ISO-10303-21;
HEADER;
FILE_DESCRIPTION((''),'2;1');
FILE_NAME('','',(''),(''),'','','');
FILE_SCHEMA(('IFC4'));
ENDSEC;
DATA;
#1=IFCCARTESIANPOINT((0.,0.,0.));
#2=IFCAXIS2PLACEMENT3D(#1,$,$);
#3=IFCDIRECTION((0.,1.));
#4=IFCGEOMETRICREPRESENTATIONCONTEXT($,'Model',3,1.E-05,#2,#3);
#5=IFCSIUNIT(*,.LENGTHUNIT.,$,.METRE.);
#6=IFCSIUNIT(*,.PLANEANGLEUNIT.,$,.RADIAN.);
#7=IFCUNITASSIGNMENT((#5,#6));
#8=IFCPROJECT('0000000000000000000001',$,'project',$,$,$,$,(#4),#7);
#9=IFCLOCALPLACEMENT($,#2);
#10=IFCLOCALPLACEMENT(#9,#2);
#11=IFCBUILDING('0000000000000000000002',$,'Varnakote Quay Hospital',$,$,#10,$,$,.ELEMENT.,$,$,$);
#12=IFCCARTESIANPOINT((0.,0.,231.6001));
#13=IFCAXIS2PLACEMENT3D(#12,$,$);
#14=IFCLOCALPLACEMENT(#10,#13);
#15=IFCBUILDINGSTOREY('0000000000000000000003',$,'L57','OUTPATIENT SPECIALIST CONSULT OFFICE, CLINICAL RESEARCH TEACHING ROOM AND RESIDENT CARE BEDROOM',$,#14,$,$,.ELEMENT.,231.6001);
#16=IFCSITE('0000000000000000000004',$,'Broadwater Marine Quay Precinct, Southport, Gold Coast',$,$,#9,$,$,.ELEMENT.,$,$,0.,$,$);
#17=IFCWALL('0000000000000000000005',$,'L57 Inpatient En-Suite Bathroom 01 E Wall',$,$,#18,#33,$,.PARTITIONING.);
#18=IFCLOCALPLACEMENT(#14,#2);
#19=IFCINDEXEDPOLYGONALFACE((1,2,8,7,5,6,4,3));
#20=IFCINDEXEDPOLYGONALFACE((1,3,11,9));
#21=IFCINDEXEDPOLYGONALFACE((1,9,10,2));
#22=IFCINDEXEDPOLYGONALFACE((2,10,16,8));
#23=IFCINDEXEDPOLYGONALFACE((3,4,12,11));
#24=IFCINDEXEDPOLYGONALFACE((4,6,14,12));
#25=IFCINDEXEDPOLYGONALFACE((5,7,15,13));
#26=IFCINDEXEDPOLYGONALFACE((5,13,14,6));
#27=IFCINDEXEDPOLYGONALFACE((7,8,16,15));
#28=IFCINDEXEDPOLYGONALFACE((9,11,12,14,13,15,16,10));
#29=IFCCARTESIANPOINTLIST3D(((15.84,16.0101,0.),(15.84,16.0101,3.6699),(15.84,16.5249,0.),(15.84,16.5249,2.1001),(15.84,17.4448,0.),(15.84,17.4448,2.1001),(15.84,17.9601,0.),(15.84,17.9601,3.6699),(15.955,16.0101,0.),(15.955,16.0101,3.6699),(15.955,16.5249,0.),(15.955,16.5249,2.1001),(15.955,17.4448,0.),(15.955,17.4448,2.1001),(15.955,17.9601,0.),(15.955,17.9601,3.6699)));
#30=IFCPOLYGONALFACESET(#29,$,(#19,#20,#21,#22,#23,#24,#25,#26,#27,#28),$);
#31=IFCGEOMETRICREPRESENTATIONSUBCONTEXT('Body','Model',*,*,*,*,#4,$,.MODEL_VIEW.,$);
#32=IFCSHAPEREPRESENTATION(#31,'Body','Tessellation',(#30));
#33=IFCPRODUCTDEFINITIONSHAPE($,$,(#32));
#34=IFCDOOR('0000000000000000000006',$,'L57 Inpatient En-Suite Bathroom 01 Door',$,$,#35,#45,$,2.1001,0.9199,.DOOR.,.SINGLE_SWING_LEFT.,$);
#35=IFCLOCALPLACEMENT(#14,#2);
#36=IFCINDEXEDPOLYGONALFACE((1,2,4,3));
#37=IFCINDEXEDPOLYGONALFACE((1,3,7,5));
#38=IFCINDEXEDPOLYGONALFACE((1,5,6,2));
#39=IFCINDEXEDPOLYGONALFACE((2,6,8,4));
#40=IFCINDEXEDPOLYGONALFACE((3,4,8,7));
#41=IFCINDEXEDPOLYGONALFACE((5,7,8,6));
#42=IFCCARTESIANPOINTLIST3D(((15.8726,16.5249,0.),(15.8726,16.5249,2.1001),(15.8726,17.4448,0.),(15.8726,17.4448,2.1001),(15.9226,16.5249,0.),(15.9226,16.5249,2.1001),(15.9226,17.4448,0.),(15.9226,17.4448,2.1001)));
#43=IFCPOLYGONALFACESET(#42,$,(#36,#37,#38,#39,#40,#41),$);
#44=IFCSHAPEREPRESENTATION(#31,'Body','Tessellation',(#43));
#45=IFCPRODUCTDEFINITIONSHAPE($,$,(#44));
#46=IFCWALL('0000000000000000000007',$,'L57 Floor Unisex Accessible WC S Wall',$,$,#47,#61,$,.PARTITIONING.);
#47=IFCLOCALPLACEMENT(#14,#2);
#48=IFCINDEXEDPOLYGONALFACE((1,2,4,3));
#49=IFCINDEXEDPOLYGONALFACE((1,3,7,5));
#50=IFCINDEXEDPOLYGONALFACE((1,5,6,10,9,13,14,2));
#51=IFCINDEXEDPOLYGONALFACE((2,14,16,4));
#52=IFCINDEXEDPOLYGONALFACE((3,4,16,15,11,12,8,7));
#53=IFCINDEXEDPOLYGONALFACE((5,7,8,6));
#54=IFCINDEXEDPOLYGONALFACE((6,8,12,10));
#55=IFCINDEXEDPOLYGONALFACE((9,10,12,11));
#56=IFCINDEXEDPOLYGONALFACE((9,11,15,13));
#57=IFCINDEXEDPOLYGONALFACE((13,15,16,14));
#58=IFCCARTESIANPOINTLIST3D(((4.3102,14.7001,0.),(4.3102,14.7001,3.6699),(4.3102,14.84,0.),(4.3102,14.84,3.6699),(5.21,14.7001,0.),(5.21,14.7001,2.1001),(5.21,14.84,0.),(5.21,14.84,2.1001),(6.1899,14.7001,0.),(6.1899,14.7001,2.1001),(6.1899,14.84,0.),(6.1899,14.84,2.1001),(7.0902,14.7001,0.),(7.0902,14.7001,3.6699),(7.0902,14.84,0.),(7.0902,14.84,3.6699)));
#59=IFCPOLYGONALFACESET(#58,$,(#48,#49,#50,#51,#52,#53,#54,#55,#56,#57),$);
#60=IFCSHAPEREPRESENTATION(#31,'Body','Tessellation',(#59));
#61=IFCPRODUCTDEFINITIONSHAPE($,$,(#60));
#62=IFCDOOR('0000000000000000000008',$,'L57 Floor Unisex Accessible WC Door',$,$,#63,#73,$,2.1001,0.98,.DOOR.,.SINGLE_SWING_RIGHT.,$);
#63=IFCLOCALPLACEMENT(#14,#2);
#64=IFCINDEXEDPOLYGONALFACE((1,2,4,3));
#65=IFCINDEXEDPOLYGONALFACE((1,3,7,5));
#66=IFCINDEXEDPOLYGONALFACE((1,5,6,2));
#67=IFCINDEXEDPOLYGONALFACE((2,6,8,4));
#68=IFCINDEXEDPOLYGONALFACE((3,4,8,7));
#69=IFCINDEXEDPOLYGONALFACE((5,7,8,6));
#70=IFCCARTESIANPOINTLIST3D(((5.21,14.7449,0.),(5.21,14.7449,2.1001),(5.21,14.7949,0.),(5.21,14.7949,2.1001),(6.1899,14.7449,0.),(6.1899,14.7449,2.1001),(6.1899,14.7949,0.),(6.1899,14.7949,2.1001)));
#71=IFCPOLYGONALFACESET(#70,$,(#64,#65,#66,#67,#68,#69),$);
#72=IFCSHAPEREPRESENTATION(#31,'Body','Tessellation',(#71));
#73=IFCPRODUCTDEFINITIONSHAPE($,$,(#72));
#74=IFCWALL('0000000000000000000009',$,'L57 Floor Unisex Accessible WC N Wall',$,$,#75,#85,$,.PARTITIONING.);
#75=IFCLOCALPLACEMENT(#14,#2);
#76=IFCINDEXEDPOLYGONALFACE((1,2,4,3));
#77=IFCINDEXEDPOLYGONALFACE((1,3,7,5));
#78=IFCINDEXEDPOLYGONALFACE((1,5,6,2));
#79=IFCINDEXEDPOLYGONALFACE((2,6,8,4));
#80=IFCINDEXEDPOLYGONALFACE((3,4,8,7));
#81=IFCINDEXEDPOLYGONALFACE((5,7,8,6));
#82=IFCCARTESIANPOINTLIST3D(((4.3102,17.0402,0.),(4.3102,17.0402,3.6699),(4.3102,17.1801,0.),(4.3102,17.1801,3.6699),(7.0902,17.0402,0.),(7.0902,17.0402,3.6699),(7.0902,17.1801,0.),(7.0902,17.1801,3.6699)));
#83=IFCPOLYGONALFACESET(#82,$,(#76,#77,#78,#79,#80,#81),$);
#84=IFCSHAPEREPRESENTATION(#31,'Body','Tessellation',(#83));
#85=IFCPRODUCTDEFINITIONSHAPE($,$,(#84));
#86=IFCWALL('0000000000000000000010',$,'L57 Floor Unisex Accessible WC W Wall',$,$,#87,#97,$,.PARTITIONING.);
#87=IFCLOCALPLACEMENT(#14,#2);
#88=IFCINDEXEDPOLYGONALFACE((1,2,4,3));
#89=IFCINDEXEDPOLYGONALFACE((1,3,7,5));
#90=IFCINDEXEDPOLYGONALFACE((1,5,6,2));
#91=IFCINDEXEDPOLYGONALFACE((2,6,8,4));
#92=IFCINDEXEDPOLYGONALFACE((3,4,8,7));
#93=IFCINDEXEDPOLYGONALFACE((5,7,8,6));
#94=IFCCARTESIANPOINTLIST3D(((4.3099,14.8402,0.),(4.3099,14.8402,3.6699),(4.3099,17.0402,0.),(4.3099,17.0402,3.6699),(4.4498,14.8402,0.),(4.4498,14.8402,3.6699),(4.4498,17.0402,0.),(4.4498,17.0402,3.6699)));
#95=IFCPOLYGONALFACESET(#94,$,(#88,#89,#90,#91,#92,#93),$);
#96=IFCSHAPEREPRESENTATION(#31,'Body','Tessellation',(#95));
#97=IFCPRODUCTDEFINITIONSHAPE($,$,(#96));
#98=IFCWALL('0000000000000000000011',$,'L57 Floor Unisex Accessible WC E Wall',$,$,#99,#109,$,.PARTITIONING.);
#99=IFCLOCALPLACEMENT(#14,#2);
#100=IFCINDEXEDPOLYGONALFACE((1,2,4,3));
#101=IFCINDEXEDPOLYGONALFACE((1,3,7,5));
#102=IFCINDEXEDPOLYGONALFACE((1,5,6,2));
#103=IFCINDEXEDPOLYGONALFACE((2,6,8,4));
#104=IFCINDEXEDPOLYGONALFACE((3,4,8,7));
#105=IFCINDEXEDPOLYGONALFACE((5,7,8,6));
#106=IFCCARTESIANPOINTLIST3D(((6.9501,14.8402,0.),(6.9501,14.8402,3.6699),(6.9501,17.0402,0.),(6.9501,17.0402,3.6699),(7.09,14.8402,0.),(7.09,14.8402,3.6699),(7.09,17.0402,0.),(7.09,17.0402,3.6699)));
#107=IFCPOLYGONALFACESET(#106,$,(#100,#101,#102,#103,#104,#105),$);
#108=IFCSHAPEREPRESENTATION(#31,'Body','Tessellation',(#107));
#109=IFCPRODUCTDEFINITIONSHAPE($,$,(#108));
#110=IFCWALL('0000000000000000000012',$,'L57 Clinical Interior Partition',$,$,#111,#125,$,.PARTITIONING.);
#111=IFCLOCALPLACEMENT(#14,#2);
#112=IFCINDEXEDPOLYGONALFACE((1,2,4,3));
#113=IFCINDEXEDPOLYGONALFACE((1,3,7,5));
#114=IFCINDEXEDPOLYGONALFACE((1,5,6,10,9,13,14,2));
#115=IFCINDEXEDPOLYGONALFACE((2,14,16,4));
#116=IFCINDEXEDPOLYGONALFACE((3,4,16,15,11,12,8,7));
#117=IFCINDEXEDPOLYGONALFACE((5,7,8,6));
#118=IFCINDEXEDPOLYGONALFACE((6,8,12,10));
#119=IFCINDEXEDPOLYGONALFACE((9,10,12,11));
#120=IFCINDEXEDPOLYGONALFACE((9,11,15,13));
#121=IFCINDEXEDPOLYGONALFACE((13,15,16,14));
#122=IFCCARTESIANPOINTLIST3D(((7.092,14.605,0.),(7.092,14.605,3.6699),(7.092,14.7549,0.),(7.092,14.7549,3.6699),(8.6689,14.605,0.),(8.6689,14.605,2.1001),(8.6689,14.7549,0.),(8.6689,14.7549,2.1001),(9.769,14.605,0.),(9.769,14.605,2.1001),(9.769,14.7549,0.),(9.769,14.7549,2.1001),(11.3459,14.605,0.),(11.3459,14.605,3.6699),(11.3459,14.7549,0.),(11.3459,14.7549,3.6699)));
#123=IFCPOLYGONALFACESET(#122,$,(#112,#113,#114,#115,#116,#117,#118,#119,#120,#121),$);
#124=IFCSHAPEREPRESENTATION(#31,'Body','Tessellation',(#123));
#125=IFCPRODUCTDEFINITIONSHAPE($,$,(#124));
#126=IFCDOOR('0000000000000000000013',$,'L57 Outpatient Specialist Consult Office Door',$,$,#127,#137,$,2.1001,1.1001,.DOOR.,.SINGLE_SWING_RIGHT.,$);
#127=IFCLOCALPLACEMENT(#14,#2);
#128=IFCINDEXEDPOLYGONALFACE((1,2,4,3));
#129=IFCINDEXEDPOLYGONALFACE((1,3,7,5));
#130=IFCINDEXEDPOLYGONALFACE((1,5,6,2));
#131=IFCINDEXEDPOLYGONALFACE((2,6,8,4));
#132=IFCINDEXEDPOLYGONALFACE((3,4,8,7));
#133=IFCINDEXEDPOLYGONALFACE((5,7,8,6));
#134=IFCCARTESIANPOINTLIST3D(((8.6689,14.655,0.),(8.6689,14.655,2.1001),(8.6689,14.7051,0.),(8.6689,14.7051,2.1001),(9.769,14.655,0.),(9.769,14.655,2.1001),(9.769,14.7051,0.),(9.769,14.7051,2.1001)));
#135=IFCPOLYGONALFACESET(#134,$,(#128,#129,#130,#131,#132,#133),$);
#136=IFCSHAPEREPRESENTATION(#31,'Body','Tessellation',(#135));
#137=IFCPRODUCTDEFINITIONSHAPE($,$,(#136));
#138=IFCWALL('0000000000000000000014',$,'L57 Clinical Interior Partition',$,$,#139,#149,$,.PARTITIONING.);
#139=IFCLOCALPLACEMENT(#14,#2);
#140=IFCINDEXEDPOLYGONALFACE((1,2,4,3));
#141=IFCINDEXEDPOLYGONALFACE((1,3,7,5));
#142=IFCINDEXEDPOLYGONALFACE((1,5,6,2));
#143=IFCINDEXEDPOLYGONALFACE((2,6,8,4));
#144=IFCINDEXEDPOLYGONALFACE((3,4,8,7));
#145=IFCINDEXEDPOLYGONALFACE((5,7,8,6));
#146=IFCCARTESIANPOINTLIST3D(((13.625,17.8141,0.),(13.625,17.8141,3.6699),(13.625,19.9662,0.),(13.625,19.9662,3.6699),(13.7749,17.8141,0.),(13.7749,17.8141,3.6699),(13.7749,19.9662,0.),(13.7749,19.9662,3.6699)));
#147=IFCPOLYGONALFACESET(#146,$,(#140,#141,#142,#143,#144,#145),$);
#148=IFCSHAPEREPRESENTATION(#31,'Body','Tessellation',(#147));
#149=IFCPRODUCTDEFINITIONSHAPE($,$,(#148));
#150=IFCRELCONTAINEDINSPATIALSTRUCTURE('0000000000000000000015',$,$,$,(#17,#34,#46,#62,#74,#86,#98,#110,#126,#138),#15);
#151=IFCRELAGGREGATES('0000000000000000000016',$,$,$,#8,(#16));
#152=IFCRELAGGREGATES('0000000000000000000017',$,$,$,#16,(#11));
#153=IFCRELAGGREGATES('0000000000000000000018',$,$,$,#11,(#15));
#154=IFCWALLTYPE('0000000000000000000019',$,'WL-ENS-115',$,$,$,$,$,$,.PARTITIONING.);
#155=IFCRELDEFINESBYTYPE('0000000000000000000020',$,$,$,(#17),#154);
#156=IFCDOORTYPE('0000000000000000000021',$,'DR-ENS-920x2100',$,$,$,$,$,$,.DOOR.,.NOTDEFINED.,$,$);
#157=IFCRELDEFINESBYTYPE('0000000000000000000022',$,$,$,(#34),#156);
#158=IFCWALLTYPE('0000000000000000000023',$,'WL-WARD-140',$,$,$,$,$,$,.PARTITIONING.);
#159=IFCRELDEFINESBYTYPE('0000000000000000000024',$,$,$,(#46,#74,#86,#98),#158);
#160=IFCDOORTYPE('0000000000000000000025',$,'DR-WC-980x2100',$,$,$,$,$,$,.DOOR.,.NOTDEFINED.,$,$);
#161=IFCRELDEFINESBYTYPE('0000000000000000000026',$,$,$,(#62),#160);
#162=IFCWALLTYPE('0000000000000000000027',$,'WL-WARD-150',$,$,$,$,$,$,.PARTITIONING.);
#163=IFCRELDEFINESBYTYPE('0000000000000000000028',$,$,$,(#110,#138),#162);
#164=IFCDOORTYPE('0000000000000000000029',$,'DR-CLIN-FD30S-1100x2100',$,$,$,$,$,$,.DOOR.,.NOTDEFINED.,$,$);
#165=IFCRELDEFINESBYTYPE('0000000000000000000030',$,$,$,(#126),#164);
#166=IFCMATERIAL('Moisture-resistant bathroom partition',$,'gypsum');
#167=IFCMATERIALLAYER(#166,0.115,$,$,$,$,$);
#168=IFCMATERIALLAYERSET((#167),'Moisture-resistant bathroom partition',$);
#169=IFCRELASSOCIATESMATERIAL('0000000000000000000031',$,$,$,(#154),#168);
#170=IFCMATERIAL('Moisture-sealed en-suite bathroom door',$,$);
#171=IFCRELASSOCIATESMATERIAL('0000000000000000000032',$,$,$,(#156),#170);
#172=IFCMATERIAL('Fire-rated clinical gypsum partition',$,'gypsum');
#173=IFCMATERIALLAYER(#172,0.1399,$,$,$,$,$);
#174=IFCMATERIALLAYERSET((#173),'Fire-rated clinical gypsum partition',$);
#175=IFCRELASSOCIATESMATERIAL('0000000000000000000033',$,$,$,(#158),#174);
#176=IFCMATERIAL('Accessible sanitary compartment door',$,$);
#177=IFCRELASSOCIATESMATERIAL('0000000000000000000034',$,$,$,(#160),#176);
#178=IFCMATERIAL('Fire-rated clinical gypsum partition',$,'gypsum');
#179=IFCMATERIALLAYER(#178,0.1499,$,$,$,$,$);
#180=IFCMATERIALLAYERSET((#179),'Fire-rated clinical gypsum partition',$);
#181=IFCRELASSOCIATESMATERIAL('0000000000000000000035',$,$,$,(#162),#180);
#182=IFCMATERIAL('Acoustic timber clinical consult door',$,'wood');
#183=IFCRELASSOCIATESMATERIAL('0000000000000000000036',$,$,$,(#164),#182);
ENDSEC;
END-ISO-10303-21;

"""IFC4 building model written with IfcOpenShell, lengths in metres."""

from ifc_helpers import new_model, si_unit, direction, frame, frame_2d, origin, place, context, subcontext, project, spatial, rectangle, extrude, material, layer, layer_set, type_object, element, fill, save


model = new_model("IFC4")

# Units and contexts
model_context = context("Model", 3, precision=1e-05, world=origin(), true_north=direction((0.0, 1.0)))
body_context = subcontext(model_context, "Body", "Model", "MODEL_VIEW")
ifc_project = project(units=[si_unit("LENGTHUNIT", "METRE"), si_unit("PLANEANGLEUNIT", "RADIAN")], contexts=[model_context])

# Site, building, storey
site_placement = place(None, origin())
site = spatial("IfcSite", under=ifc_project, at=site_placement, Name="Broadwater Marine Quay Precinct, Southport, Gold Coast", CompositionType="ELEMENT", RefElevation=0.0)
building_placement = place(site_placement, origin())
building = spatial("IfcBuilding", under=site, at=building_placement, Name="Varnakote Quay Hospital", CompositionType="ELEMENT")
storey_placement = place(building_placement, frame((0.0, 0.0, 231.6001)))
storey = spatial("IfcBuildingStorey", under=building, at=storey_placement, Name="L57", Description="OUTPATIENT SPECIALIST CONSULT OFFICE, CLINICAL RESEARCH TEACHING ROOM AND RESIDENT CARE BEDROOM", CompositionType="ELEMENT", Elevation=231.6001)

# Shared definitions
ifc_material_1 = material(Name="Moisture-resistant bathroom partition", Category="gypsum")
ifc_layer_1 = layer(ifc_material_1, 0.115)
ifc_layer_set_1 = layer_set([ifc_layer_1], Name="Moisture-resistant bathroom partition")
wall_type_1 = type_object("IfcWallType", Name="WL-ENS-115", PredefinedType="PARTITIONING", material=ifc_layer_set_1)

# Walls, openings, doors
wall_1_placement = place(storey_placement, frame((15.8975, 16.01, 0.0), z_axis=(0.0, 0.0, 1.0), x_axis=(0.0, 1.0, 0.0)))
wall_1 = element("IfcWall", 1, at=wall_1_placement, inside=storey, type_object=wall_type_1, Name="L57 Inpatient En-Suite Bathroom 01 E Wall", PredefinedType="PARTITIONING", context=body_context, shape_type="SweptSolid", body=[
    extrude(rectangle(XDim=1.95, YDim=0.115, at=frame_2d((0.9751, 0.0))), origin(), (0.0, 0.0, 1.0), 3.6699),
])
opening_1_placement = place(wall_1_placement, frame((0.5149, 0.0, 0.0)))
opening_1 = element("IfcOpeningElement", 2, at=opening_1_placement, cuts=wall_1, PredefinedType="OPENING", context=body_context, shape_type="SweptSolid", body=[
    extrude(rectangle(XDim=0.9199, YDim=2.1001, at=frame_2d((0.46, 1.05))), frame((0.0, 0.0674, 0.0), z_axis=(0.0, -1.0, 0.0), x_axis=(1.0, 0.0, 0.0)), (0.0, 0.0, 1.0), 0.135),
])
ifc_material_2 = material(Name="Moisture-sealed en-suite bathroom door")
door_type_1 = type_object("IfcDoorType", Name="DR-ENS-920x2100", OperationType="NOTDEFINED", PredefinedType="DOOR", material=ifc_material_2)
door_1_placement = place(opening_1_placement, origin())
door_1 = element("IfcDoor", 3, at=door_1_placement, inside=storey, type_object=door_type_1, Name="L57 Inpatient En-Suite Bathroom 01 Door", OperationType="SINGLE_SWING_LEFT", OverallHeight=2.1001, OverallWidth=0.9199, PredefinedType="DOOR", context=body_context, shape_type="SweptSolid", body=[
    extrude(rectangle(XDim=0.9199, YDim=2.1001, at=frame_2d((0.46, 1.05))), frame((0.0, 0.0249, 0.0), z_axis=(0.0, -1.0, 0.0), x_axis=(1.0, 0.0, 0.0)), (0.0, 0.0, 1.0), 0.05),
])
fill(opening_1, door_1)
ifc_material_3 = material(Name="Fire-rated clinical gypsum partition", Category="gypsum")
ifc_layer_2 = layer(ifc_material_3, 0.1399)
ifc_layer_set_2 = layer_set([ifc_layer_2], Name="Fire-rated clinical gypsum partition")
wall_type_2 = type_object("IfcWallType", Name="WL-WARD-140", PredefinedType="PARTITIONING", material=ifc_layer_set_2)
wall_2_placement = place(storey_placement, frame((4.3101, 14.77, 0.0), z_axis=(0.0, 0.0, 1.0), x_axis=(1.0, 0.0, 0.0)))
wall_2 = element("IfcWall", 4, at=wall_2_placement, inside=storey, type_object=wall_type_2, Name="L57 Floor Unisex Accessible WC S Wall", PredefinedType="PARTITIONING", context=body_context, shape_type="SweptSolid", body=[
    extrude(rectangle(XDim=2.78, YDim=0.1399, at=frame_2d((1.3901, 0.0))), origin(), (0.0, 0.0, 1.0), 3.6699),
])
opening_2_placement = place(wall_2_placement, frame((0.8999, 0.0, 0.0)))
opening_2 = element("IfcOpeningElement", 5, at=opening_2_placement, cuts=wall_2, PredefinedType="OPENING", context=body_context, shape_type="SweptSolid", body=[
    extrude(rectangle(XDim=0.98, YDim=2.1001, at=frame_2d((0.49, 1.05))), frame((0.0, 0.0798, 0.0), z_axis=(0.0, -1.0, 0.0), x_axis=(1.0, 0.0, 0.0)), (0.0, 0.0, 1.0), 0.1599),
])
ifc_material_4 = material(Name="Accessible sanitary compartment door")
door_type_2 = type_object("IfcDoorType", Name="DR-WC-980x2100", OperationType="NOTDEFINED", PredefinedType="DOOR", material=ifc_material_4)
door_2_placement = place(opening_2_placement, origin())
door_2 = element("IfcDoor", 6, at=door_2_placement, inside=storey, type_object=door_type_2, Name="L57 Floor Unisex Accessible WC Door", OperationType="SINGLE_SWING_RIGHT", OverallHeight=2.1001, OverallWidth=0.98, PredefinedType="DOOR", context=body_context, shape_type="SweptSolid", body=[
    extrude(rectangle(XDim=0.98, YDim=2.1001, at=frame_2d((0.49, 1.05))), frame((0.0, 0.0249, 0.0), z_axis=(0.0, -1.0, 0.0), x_axis=(1.0, 0.0, 0.0)), (0.0, 0.0, 1.0), 0.05),
])
fill(opening_2, door_2)

# Walls
wall_3_placement = place(storey_placement, frame((4.3101, 17.1101, 0.0), z_axis=(0.0, 0.0, 1.0), x_axis=(1.0, 0.0, 0.0)))
element("IfcWall", 7, at=wall_3_placement, inside=storey, type_object=wall_type_2, Name="L57 Floor Unisex Accessible WC N Wall", PredefinedType="PARTITIONING", context=body_context, shape_type="SweptSolid", body=[
    extrude(rectangle(XDim=2.78, YDim=0.1399, at=frame_2d((1.3901, 0.0))), origin(), (0.0, 0.0, 1.0), 3.6699),
])
for number, where, z_axis, x_axis, name in (
    (8, (4.3799, 14.8401, 0.0), (0.0, 0.0, 1.0), (0.0, 1.0, 0.0), "L57 Floor Unisex Accessible WC W Wall"),
    (9, (7.02, 14.8401, 0.0), (0.0, 0.0, 1.0), (0.0, 1.0, 0.0), "L57 Floor Unisex Accessible WC E Wall"),
):
    element("IfcWall", number, at=place(storey_placement, frame(where, z_axis=z_axis, x_axis=x_axis)), inside=storey, type_object=wall_type_2, Name=name, PredefinedType="PARTITIONING", context=body_context, shape_type="SweptSolid", body=[
        extrude(rectangle(XDim=2.2, YDim=0.1399, at=frame_2d((1.1001, 0.0))), origin(), (0.0, 0.0, 1.0), 3.6699),
    ])

# Wall, opening, door
ifc_material_5 = material(Name="Fire-rated clinical gypsum partition", Category="gypsum")
ifc_layer_3 = layer(ifc_material_5, 0.1499)
ifc_layer_set_3 = layer_set([ifc_layer_3], Name="Fire-rated clinical gypsum partition")
wall_type_3 = type_object("IfcWallType", Name="WL-WARD-150", PredefinedType="PARTITIONING", material=ifc_layer_set_3)
wall_4_placement = place(storey_placement, frame((11.3459, 14.6799, 0.0), z_axis=(0.0, 0.0, 1.0), x_axis=(-1.0, 0.0, 0.0)))
wall_4 = element("IfcWall", 10, at=wall_4_placement, inside=storey, type_object=wall_type_3, Name="L57 Clinical Interior Partition", PredefinedType="PARTITIONING", context=body_context, shape_type="SweptSolid", body=[
    extrude(rectangle(XDim=4.2539, YDim=0.1499, at=frame_2d((2.127, 0.0))), origin(), (0.0, 0.0, 1.0), 3.6699),
])
opening_3_placement = place(wall_4_placement, frame((1.5769, 0.0, 0.0)))
opening_3 = element("IfcOpeningElement", 11, at=opening_3_placement, cuts=wall_4, PredefinedType="OPENING", context=body_context, shape_type="SweptSolid", body=[
    extrude(rectangle(XDim=1.1001, YDim=2.1001, at=frame_2d((0.55, 1.05))), frame((0.0, 0.085, 0.0), z_axis=(0.0, -1.0, 0.0), x_axis=(1.0, 0.0, 0.0)), (0.0, 0.0, 1.0), 0.1699),
])
ifc_material_6 = material(Name="Acoustic timber clinical consult door", Category="wood")
door_type_3 = type_object("IfcDoorType", Name="DR-CLIN-FD30S-1100x2100", OperationType="NOTDEFINED", PredefinedType="DOOR", material=ifc_material_6)
door_3_placement = place(opening_3_placement, origin())
door_3 = element("IfcDoor", 12, at=door_3_placement, inside=storey, type_object=door_type_3, Name="L57 Outpatient Specialist Consult Office Door", OperationType="SINGLE_SWING_RIGHT", OverallHeight=2.1001, OverallWidth=1.1001, PredefinedType="DOOR", context=body_context, shape_type="SweptSolid", body=[
    extrude(rectangle(XDim=1.1001, YDim=2.1001, at=frame_2d((0.55, 1.05))), frame((0.0, 0.0249, 0.0), z_axis=(0.0, -1.0, 0.0), x_axis=(1.0, 0.0, 0.0)), (0.0, 0.0, 1.0), 0.05),
])
fill(opening_3, door_3)

# Wall
wall_5_placement = place(storey_placement, frame((13.7, 17.814, 0.0), z_axis=(0.0, 0.0, 1.0), x_axis=(0.0, 1.0, 0.0)))
element("IfcWall", 13, at=wall_5_placement, inside=storey, type_object=wall_type_3, Name="L57 Clinical Interior Partition", PredefinedType="PARTITIONING", context=body_context, shape_type="SweptSolid", body=[
    extrude(rectangle(XDim=2.1521, YDim=0.1499, at=frame_2d((1.0762, 0.0))), origin(), (0.0, 0.0, 1.0), 3.6699),
])

save(model, "model.ifc")
